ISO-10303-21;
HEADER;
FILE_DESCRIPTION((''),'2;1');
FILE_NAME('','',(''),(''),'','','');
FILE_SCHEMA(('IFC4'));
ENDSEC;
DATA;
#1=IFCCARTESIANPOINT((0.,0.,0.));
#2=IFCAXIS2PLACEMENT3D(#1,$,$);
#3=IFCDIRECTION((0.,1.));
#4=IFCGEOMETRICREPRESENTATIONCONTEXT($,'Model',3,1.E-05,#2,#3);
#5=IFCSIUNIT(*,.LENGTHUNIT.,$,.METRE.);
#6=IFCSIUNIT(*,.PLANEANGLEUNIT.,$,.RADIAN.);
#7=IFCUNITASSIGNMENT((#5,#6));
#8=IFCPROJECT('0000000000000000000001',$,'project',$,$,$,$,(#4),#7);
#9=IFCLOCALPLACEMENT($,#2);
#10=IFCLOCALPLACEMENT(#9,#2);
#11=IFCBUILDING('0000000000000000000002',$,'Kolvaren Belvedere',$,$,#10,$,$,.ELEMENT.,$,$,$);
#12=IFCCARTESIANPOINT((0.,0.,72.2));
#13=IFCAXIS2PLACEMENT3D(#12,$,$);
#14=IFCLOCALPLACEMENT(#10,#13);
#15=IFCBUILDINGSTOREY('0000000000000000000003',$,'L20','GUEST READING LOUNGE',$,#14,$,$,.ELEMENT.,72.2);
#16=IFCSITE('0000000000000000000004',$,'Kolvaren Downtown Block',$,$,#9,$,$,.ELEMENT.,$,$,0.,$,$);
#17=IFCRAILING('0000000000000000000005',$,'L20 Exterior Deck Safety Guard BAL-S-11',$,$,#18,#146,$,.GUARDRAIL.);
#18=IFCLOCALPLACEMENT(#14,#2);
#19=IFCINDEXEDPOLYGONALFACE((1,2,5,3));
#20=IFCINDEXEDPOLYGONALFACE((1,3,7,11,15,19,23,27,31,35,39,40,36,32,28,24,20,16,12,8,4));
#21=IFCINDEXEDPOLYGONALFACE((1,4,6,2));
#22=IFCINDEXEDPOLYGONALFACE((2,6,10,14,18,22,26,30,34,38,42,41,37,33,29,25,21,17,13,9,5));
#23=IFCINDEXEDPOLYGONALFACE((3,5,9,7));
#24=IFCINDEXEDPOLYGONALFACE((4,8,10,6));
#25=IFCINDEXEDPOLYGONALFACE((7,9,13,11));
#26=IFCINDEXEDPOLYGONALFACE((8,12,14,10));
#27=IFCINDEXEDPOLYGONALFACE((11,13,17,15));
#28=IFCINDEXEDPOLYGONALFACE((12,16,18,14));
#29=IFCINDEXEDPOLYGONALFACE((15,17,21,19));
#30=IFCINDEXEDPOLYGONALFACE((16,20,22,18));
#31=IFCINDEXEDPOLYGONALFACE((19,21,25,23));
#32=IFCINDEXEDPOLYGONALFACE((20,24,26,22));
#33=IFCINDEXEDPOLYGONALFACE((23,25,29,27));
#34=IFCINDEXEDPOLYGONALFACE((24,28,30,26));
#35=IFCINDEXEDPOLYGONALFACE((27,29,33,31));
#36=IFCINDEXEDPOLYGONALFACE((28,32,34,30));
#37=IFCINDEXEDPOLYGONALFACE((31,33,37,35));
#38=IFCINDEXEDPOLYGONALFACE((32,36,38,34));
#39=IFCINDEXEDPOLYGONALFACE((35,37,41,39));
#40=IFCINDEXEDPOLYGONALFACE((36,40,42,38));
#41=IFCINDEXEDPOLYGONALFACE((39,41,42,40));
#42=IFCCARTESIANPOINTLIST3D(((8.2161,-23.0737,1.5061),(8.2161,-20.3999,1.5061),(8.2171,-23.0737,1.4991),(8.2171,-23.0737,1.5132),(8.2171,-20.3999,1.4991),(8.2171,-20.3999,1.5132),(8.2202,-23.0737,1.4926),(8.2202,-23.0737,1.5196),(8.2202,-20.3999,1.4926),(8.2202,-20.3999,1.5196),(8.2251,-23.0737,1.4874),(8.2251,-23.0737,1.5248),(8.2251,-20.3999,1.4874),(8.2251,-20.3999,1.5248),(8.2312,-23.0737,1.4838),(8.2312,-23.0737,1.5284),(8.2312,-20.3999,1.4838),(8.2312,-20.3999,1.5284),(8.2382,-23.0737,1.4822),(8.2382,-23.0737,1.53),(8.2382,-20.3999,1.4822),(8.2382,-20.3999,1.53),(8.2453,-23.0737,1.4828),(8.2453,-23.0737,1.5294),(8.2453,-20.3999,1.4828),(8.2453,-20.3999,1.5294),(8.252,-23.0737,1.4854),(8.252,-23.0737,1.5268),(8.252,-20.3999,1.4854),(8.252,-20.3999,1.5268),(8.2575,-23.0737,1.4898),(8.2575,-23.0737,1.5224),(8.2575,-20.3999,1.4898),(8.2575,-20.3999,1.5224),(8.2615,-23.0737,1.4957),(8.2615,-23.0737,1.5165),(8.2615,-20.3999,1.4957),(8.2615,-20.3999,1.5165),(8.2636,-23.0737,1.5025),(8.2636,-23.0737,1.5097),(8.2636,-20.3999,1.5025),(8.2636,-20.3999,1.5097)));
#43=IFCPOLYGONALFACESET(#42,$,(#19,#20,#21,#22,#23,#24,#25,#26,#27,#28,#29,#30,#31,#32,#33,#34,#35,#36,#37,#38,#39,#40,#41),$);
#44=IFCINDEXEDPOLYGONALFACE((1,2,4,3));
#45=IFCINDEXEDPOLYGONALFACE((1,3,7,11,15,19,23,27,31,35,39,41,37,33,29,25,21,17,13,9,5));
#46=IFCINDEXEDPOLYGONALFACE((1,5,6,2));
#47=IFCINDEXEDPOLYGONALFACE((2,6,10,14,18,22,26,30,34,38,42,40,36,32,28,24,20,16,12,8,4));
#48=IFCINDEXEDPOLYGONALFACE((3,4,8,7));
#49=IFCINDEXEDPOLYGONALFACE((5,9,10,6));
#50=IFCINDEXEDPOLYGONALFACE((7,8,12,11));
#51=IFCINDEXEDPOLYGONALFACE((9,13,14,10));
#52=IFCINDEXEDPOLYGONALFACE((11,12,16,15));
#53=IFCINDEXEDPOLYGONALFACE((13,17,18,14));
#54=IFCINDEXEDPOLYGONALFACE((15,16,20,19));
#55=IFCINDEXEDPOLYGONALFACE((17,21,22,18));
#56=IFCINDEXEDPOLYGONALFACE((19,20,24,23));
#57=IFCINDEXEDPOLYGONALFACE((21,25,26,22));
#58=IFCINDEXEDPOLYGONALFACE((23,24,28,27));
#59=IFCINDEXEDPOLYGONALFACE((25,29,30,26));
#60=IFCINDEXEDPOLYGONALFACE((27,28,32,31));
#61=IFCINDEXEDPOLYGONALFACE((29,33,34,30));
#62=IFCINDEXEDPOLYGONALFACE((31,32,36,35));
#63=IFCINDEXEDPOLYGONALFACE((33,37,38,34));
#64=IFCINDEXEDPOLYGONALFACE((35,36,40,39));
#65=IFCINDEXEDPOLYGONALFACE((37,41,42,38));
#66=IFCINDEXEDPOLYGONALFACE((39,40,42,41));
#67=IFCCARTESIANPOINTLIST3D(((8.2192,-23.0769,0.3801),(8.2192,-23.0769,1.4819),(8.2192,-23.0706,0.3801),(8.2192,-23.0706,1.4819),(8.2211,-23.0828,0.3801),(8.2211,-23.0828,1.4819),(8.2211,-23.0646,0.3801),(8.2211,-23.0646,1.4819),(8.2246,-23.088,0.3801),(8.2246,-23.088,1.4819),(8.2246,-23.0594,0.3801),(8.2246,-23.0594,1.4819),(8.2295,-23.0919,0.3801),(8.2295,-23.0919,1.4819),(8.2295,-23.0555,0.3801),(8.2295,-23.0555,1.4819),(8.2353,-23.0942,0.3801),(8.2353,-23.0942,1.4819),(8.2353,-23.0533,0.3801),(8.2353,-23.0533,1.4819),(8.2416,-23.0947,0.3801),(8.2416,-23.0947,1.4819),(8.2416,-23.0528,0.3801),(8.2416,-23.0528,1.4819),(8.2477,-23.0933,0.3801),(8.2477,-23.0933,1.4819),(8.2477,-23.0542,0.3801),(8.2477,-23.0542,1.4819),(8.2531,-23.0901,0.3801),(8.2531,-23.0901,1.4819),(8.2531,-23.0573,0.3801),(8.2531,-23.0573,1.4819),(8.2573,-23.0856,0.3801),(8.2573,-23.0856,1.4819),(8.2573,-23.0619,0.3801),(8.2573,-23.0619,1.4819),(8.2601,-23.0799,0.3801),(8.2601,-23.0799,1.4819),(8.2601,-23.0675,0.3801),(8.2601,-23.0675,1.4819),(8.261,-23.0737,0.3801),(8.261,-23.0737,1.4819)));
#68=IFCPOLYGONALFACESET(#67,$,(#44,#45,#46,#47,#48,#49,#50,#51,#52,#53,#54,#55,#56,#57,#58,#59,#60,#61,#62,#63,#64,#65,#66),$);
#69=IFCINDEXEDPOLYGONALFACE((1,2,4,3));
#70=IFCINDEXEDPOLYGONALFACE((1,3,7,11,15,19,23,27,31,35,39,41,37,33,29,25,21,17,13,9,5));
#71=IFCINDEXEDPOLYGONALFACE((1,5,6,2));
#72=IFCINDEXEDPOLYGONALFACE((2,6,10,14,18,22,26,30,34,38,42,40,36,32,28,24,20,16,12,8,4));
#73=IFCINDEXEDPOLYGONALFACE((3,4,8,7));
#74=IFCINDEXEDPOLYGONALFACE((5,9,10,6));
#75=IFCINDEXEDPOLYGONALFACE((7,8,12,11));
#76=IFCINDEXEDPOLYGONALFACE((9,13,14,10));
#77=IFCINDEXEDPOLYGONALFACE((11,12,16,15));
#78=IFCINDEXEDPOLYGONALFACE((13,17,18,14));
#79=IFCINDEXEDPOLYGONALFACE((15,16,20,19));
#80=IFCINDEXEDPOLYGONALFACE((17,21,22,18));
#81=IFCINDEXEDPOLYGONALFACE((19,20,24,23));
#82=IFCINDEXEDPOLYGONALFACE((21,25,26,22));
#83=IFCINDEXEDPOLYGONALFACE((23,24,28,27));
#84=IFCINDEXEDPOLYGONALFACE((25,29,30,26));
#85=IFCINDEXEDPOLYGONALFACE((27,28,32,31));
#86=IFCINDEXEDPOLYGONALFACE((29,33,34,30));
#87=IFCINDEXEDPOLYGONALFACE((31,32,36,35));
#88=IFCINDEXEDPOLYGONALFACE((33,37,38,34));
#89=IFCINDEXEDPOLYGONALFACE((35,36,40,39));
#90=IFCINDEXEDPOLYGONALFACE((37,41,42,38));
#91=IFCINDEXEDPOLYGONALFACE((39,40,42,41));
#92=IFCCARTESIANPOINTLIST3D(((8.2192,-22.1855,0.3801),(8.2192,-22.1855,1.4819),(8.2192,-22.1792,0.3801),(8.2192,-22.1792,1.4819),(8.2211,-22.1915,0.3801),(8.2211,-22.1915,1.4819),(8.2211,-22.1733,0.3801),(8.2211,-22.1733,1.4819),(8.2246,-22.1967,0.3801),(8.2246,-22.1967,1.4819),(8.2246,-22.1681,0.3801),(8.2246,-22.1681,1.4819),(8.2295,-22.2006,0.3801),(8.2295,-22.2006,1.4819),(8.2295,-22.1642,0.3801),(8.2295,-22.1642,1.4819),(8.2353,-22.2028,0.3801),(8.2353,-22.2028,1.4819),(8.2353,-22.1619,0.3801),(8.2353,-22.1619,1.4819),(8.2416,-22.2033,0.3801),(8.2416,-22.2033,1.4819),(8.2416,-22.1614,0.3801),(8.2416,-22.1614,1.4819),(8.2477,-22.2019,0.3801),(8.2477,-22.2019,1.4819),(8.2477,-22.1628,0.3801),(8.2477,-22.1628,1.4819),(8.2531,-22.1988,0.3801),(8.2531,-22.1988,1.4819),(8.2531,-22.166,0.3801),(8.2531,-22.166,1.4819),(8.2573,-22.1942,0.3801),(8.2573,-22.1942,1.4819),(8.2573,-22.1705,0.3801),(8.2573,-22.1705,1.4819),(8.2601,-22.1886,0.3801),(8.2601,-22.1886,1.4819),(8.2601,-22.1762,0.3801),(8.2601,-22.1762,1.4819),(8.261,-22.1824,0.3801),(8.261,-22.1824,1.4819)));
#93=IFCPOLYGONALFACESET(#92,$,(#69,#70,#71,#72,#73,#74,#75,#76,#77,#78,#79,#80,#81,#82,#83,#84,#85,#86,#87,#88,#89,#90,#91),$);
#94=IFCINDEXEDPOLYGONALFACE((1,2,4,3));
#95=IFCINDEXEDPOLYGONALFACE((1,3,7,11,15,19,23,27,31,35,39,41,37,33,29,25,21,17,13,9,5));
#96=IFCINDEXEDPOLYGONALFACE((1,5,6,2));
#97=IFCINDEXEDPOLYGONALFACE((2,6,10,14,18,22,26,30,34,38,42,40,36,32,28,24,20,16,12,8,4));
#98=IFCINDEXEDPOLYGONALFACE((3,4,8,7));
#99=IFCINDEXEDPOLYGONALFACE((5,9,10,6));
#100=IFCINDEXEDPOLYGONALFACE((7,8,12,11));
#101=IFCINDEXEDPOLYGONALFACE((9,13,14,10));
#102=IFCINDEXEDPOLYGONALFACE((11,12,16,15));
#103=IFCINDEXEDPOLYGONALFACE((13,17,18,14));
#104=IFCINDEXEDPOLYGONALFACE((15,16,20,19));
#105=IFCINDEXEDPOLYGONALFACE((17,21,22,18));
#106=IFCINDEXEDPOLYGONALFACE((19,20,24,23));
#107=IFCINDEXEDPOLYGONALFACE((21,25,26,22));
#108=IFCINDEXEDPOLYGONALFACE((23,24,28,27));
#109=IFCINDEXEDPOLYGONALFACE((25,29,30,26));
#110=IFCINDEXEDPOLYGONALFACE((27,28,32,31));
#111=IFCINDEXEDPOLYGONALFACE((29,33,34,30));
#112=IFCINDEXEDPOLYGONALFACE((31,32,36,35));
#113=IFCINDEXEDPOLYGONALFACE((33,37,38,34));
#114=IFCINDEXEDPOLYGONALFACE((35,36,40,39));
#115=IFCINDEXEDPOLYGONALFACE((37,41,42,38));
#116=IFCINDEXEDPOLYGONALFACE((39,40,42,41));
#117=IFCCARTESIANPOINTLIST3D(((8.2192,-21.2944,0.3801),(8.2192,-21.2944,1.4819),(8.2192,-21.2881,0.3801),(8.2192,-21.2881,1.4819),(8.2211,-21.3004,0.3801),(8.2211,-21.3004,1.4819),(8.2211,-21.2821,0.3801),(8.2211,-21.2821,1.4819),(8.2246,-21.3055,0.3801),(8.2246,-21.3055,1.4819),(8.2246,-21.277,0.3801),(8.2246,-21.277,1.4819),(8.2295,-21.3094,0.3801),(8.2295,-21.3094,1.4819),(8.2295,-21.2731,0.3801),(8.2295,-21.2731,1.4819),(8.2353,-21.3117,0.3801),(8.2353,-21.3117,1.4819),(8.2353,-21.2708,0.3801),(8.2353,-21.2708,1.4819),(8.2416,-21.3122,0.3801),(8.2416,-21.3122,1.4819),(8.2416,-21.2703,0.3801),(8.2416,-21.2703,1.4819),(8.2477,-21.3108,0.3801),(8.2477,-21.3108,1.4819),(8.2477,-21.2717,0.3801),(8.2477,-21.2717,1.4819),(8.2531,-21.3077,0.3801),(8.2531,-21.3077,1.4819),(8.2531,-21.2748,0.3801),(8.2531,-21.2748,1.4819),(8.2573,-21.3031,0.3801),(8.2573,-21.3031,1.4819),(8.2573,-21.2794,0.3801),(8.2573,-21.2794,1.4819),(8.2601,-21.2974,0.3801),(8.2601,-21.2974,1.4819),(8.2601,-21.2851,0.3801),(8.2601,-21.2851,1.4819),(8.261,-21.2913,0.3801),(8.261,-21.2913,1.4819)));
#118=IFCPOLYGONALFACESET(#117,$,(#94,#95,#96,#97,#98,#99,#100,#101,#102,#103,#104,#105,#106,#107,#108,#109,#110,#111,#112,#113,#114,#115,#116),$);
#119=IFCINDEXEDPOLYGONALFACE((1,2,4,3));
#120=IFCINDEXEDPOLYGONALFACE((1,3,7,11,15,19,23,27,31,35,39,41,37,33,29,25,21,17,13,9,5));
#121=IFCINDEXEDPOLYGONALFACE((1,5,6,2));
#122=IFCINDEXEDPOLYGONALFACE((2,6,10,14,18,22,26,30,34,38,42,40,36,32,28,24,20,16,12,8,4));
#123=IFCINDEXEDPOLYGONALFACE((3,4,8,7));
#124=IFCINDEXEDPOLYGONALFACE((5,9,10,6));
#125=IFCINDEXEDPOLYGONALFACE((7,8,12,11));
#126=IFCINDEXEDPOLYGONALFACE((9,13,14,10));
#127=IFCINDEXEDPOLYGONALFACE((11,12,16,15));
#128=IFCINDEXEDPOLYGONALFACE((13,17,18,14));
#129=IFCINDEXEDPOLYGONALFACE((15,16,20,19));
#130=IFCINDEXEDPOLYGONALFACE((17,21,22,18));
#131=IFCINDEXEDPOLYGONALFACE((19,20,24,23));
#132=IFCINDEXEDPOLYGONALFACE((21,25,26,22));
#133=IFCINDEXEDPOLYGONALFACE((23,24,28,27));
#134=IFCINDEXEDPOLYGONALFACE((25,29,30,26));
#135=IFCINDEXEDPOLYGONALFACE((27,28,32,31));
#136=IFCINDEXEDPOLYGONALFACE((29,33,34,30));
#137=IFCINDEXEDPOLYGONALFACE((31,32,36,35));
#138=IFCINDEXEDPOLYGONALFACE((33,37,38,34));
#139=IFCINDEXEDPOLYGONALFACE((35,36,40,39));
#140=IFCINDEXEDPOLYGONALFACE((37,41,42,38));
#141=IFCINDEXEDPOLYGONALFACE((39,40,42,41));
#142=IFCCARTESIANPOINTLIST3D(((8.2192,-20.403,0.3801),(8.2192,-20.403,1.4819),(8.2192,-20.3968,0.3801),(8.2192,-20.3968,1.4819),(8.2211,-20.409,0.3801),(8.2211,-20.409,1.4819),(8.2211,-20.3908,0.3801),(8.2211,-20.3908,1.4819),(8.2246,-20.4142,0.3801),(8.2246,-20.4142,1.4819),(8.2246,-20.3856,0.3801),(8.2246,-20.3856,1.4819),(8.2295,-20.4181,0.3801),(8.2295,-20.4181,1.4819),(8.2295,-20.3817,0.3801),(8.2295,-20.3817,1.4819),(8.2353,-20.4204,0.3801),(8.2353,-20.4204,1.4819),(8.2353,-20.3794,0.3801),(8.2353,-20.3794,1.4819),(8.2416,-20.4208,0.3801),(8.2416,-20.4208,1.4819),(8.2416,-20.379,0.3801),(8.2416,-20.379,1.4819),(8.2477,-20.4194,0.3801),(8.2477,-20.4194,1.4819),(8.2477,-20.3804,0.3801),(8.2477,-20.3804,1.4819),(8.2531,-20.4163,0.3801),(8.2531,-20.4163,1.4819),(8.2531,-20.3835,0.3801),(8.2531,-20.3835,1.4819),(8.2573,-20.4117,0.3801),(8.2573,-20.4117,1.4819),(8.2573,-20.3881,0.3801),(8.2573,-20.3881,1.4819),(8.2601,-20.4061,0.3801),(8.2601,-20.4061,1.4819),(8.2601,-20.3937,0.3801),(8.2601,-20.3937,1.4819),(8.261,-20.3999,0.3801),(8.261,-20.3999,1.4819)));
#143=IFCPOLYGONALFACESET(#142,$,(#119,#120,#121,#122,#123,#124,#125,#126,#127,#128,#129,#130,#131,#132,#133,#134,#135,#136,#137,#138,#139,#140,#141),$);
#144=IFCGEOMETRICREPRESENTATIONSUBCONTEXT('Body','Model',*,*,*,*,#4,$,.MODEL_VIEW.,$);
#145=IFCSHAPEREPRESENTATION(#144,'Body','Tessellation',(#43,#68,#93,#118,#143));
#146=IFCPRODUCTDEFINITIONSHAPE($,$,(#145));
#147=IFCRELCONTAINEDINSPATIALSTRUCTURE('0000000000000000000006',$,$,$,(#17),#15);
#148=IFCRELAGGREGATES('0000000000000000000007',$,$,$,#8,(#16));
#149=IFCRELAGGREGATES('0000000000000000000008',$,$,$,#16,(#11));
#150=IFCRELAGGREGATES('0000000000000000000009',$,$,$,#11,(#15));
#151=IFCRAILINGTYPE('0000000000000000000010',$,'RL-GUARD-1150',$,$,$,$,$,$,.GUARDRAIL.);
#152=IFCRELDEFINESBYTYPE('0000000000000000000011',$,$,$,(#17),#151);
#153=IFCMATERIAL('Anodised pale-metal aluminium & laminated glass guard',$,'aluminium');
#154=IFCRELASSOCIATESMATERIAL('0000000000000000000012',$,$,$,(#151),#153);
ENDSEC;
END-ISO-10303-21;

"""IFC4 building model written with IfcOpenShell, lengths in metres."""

from ifc_helpers import new_model, si_unit, direction, frame, origin, origin_2d, place, context, subcontext, project, spatial, circle, extrude, material, type_object, element, save


model = new_model("IFC4")

# Units and contexts
model_context = context("Model", 3, precision=1e-05, world=origin(), true_north=direction((0.0, 1.0)))
body_context = subcontext(model_context, "Body", "Model", "MODEL_VIEW")
ifc_project = project(units=[si_unit("LENGTHUNIT", "METRE"), si_unit("PLANEANGLEUNIT", "RADIAN")], contexts=[model_context])

# Site, building, storey
site_placement = place(None, origin())
site = spatial("IfcSite", under=ifc_project, at=site_placement, Name="Kolvaren Downtown Block", CompositionType="ELEMENT", RefElevation=0.0)
building_placement = place(site_placement, origin())
building = spatial("IfcBuilding", under=site, at=building_placement, Name="Kolvaren Belvedere", CompositionType="ELEMENT")
storey_placement = place(building_placement, frame((0.0, 0.0, 72.2)))
storey = spatial("IfcBuildingStorey", under=building, at=storey_placement, Name="L20", Description="GUEST READING LOUNGE", CompositionType="ELEMENT", Elevation=72.2)

# Railing
ifc_material_1 = material(Name="Anodised pale-metal aluminium & laminated glass guard", Category="aluminium")
railing_type = type_object("IfcRailingType", Name="RL-GUARD-1150", PredefinedType="GUARDRAIL", material=ifc_material_1)
railing_1_placement = place(storey_placement, frame((8.24, -23.0737, 0.3801)))
element("IfcRailing", 1, at=railing_1_placement, inside=storey, type_object=railing_type, Name="L20 Exterior Deck Safety Guard BAL-S-11", PredefinedType="GUARDRAIL", context=body_context, shape_type="SweptSolid", body=[
    extrude(circle(Radius=0.0239, at=origin_2d()), frame((0.0, 0.0, 1.126), z_axis=(0.0, 1.0, 0.0), x_axis=(-1.0, 0.0, 0.0)), (0.0, 0.0, 1.0), 2.6738),
    extrude(circle(Radius=0.021, at=origin_2d()), origin(), (0.0, 0.0, 1.0), 1.1018),
    extrude(circle(Radius=0.021, at=origin_2d()), frame((0.0, 0.8914, 0.0)), (0.0, 0.0, 1.0), 1.1018),
    extrude(circle(Radius=0.021, at=origin_2d()), frame((0.0, 1.7825, 0.0)), (0.0, 0.0, 1.0), 1.1018),
    extrude(circle(Radius=0.021, at=origin_2d()), frame((0.0, 2.6738, 0.0)), (0.0, 0.0, 1.0), 1.1018),
])

save(model, "model.ifc")
